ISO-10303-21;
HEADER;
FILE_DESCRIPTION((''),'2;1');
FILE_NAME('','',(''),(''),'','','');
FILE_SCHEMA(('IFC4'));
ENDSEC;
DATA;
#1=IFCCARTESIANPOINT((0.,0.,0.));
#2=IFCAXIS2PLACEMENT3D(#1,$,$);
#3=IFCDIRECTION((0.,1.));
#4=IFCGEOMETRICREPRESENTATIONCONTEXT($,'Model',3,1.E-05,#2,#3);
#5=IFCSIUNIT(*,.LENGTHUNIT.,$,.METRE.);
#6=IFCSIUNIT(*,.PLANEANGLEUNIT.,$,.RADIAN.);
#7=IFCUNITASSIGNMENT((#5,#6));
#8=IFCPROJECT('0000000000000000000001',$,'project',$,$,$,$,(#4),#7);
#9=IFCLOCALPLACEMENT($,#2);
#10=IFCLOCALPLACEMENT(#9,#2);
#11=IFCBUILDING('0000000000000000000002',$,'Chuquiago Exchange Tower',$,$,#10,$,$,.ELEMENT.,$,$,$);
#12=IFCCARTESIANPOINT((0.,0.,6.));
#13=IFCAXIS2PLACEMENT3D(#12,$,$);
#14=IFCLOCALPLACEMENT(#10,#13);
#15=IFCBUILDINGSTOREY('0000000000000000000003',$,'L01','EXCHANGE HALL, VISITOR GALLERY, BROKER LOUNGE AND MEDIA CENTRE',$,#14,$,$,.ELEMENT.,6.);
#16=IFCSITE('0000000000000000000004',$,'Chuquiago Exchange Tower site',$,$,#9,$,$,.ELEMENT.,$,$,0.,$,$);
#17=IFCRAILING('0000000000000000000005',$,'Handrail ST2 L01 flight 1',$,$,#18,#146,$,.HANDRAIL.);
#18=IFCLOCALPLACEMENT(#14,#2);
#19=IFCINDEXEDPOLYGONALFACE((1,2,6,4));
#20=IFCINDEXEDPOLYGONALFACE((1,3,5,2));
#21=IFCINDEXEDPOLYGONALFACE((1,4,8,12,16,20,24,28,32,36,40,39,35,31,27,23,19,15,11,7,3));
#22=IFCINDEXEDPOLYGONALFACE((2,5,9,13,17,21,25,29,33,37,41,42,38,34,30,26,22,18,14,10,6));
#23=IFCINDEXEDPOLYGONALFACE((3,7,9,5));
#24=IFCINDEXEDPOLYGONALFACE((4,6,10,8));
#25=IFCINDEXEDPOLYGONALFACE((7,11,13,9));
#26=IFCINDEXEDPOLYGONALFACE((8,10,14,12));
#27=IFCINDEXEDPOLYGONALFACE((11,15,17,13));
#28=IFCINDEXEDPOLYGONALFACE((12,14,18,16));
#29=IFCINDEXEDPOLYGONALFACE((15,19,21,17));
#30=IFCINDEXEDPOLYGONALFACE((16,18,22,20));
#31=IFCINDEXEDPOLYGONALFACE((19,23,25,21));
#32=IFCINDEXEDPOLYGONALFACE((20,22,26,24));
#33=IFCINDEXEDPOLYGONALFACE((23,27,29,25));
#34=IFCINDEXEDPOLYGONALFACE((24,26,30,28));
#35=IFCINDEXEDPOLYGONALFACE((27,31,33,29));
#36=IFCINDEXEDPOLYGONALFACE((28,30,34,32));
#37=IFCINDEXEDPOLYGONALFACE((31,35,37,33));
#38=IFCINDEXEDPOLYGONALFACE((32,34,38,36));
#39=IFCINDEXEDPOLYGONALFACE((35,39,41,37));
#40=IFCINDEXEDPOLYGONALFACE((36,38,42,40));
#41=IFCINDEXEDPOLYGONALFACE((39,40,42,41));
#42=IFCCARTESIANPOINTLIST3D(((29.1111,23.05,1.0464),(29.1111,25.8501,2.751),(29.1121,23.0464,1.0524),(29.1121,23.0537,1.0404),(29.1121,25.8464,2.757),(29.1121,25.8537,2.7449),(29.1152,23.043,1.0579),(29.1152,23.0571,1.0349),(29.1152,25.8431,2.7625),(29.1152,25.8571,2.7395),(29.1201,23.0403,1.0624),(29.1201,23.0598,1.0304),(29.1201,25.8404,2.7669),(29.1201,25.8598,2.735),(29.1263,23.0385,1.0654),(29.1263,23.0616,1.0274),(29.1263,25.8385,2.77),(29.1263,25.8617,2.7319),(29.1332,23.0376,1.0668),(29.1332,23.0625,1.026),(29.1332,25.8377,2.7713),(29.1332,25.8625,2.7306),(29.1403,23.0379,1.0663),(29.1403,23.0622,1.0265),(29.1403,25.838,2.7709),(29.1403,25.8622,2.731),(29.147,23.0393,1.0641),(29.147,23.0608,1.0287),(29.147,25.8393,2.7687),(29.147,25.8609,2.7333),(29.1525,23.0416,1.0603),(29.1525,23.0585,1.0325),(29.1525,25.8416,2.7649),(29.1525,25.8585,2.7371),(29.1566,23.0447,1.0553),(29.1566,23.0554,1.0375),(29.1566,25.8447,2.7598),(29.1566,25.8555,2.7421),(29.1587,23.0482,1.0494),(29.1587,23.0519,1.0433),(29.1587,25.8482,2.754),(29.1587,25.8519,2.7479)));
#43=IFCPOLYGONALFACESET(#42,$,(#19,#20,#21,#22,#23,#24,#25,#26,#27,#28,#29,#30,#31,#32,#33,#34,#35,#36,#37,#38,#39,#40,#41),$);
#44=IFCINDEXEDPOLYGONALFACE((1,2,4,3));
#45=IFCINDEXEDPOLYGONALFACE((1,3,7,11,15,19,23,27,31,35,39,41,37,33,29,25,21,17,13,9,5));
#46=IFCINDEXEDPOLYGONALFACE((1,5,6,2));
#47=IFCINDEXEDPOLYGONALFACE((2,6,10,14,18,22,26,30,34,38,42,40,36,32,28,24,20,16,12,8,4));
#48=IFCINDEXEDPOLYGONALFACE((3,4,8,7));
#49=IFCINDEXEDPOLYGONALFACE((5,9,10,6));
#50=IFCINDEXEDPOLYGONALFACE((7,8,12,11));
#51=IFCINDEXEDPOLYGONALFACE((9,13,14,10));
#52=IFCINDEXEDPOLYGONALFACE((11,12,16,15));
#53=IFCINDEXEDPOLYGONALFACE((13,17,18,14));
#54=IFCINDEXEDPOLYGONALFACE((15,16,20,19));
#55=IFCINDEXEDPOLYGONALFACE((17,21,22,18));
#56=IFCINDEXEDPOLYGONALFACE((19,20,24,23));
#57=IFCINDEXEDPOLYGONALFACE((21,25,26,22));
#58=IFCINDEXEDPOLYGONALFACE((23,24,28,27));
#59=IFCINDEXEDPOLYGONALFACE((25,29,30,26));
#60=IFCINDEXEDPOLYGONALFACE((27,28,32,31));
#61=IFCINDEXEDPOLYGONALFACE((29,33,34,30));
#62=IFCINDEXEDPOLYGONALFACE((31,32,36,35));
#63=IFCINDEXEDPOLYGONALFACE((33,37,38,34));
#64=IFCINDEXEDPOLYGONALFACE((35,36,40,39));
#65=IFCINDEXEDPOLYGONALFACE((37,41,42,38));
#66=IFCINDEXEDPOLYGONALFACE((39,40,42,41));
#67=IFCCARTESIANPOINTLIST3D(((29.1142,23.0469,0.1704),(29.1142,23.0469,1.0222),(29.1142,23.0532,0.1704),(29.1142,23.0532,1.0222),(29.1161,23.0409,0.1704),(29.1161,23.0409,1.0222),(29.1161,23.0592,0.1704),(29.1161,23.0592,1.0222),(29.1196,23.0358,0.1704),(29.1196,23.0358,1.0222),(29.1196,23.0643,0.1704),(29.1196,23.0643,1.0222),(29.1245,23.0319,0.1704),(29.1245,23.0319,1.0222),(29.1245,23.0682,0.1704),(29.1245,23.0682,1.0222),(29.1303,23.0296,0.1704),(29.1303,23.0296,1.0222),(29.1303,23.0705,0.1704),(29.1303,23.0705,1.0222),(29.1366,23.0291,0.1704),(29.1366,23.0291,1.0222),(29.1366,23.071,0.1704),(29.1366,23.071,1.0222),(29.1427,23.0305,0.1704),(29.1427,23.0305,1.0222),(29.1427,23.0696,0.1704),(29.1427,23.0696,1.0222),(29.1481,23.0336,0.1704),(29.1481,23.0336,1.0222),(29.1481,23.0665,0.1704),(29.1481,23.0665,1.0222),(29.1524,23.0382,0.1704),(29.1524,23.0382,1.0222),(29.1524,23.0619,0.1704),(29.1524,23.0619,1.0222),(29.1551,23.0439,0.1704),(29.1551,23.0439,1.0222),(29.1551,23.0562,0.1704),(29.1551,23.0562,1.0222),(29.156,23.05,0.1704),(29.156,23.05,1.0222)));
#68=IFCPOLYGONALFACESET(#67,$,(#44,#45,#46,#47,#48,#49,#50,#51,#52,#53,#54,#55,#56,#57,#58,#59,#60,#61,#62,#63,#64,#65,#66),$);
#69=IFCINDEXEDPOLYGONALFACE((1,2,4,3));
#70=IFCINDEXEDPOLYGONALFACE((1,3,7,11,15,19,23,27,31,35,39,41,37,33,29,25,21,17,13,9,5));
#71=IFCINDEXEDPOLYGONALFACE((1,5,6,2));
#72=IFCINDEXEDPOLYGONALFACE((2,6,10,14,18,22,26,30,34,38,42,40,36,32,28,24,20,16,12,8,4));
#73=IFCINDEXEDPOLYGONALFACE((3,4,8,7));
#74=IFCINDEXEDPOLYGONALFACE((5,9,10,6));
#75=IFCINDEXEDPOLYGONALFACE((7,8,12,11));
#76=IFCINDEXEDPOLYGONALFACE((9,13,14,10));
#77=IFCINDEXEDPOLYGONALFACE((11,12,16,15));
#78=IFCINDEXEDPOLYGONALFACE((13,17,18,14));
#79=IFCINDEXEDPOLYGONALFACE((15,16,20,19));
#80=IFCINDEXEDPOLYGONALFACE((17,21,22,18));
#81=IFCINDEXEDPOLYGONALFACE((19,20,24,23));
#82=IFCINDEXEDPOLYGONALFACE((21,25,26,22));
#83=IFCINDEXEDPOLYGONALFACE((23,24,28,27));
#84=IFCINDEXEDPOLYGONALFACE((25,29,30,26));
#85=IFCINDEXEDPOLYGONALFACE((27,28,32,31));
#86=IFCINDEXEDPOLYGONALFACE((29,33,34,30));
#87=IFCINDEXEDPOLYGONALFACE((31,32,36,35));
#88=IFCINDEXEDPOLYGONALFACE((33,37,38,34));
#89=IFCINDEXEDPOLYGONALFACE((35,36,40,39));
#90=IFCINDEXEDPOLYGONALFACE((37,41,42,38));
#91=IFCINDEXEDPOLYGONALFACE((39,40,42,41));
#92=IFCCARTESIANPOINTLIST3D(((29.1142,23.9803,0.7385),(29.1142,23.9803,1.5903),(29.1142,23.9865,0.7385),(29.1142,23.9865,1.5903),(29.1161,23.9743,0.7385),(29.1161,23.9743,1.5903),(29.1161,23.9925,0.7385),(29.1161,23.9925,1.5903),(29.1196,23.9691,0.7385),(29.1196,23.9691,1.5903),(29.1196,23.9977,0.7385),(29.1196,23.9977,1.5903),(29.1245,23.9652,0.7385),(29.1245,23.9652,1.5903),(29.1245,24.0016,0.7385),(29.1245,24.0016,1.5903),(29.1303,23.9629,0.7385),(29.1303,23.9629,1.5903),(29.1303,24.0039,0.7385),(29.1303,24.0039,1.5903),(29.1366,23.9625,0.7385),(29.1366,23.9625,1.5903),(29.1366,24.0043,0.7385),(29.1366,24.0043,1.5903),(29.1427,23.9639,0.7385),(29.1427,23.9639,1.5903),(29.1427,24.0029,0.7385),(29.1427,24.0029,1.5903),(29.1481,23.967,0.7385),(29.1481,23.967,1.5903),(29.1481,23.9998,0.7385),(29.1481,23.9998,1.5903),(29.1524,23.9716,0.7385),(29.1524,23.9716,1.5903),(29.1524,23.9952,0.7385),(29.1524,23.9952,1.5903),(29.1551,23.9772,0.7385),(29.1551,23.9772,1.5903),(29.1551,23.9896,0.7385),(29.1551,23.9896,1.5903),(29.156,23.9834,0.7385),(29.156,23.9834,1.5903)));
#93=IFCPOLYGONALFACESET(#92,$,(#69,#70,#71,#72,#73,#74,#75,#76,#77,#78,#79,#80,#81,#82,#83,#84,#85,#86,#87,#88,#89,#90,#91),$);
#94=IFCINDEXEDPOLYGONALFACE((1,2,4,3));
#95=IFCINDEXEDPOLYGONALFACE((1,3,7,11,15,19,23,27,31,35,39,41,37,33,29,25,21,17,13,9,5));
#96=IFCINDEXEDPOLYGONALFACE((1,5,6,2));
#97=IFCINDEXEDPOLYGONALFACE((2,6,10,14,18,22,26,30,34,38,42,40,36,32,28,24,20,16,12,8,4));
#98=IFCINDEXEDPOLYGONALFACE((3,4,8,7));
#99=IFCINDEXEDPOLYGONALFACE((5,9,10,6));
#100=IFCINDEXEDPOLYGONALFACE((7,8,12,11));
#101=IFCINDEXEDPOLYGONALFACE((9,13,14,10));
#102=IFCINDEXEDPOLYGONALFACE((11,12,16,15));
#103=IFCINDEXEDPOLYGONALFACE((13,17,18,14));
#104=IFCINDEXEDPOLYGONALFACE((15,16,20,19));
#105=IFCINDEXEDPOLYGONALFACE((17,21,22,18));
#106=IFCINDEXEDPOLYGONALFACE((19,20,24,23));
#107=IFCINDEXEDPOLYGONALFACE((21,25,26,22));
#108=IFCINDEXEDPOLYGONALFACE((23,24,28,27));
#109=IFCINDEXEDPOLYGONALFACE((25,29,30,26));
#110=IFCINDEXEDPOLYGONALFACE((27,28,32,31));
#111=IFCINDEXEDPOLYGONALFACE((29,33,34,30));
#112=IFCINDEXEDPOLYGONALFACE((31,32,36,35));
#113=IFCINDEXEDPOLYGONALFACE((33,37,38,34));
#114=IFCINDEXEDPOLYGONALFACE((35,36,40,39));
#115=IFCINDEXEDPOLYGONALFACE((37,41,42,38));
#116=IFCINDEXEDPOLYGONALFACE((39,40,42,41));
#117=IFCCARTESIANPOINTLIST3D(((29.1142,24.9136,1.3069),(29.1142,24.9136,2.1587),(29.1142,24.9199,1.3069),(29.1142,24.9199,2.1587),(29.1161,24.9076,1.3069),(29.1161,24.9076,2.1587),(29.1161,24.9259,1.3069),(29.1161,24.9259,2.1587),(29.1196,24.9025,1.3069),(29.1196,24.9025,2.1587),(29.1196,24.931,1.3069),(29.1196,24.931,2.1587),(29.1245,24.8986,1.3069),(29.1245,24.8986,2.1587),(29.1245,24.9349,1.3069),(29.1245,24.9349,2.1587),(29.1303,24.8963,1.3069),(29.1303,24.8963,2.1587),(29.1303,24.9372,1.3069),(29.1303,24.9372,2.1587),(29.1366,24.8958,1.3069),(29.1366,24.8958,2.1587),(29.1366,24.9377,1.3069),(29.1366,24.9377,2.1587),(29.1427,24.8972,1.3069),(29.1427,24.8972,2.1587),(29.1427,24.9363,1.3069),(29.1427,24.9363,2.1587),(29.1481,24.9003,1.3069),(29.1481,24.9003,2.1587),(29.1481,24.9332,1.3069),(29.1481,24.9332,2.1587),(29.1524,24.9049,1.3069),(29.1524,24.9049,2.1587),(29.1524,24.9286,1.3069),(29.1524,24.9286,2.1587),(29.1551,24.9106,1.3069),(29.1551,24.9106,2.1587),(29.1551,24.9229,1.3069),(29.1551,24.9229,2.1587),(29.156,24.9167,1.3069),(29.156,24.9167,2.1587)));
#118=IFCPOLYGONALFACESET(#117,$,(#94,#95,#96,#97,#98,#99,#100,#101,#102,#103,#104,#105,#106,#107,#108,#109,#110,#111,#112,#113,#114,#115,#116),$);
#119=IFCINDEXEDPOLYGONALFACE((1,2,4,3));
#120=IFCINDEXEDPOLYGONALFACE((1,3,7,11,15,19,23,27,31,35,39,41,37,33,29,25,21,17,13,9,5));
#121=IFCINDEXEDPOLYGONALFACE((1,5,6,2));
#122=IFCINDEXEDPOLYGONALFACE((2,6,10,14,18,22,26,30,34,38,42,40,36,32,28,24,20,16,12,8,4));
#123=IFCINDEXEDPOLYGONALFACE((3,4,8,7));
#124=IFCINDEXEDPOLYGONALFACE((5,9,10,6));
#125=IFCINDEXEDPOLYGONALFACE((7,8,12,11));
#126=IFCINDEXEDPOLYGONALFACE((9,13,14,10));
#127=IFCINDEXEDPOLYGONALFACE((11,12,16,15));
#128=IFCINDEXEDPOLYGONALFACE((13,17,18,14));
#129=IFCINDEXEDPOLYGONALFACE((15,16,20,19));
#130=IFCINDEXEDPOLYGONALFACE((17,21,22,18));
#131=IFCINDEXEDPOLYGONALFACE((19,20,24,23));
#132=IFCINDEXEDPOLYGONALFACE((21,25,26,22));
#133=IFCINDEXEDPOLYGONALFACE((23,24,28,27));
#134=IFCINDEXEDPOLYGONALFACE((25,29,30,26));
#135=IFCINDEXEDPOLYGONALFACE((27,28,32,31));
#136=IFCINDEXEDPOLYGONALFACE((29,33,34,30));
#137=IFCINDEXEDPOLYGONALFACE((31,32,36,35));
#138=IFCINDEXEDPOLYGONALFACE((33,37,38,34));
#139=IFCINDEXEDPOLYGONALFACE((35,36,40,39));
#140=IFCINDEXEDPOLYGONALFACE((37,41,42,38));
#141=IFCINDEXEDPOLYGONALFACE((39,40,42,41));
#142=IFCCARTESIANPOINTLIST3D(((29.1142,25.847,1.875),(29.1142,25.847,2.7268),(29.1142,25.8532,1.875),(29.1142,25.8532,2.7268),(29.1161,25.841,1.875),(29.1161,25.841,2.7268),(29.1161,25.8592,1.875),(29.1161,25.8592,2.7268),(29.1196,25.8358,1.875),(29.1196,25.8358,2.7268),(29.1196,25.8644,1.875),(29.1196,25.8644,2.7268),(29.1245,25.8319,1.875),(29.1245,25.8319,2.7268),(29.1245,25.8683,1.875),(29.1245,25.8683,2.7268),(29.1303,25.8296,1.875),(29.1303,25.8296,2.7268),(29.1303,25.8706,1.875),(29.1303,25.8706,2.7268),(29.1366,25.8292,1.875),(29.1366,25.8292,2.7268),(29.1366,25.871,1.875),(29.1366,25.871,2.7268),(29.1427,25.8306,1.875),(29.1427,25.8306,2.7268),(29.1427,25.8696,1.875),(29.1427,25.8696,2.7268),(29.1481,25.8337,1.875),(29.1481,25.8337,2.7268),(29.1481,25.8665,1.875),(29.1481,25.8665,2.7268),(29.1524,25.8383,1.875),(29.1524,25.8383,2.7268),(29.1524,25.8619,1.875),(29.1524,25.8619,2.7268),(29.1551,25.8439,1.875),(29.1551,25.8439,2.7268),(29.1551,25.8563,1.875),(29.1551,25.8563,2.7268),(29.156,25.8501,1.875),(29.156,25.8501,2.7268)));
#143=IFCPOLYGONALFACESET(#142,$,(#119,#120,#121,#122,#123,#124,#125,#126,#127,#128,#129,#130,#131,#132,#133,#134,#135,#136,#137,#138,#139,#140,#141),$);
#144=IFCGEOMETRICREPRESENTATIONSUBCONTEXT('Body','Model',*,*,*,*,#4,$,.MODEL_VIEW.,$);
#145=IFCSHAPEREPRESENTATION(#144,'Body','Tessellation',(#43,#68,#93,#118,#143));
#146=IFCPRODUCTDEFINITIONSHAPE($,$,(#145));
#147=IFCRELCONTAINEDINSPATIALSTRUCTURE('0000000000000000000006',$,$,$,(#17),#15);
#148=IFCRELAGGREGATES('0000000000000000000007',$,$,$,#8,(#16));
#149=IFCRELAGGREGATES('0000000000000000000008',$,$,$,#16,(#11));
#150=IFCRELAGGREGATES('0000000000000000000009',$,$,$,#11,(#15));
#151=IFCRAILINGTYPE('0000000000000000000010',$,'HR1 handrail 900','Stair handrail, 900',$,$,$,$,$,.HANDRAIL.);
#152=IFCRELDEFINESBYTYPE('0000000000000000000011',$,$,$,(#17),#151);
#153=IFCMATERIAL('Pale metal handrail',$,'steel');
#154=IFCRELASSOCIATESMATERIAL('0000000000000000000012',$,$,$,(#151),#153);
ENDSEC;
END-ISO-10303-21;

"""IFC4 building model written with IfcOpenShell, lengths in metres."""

from ifc_helpers import new_model, si_unit, direction, frame, origin, origin_2d, place, context, subcontext, project, spatial, circle, extrude, material, type_object, element, save


model = new_model("IFC4")

# Units and contexts
model_context = context("Model", 3, precision=1e-05, world=origin(), true_north=direction((0.0, 1.0)))
body_context = subcontext(model_context, "Body", "Model", "MODEL_VIEW")
ifc_project = project(units=[si_unit("LENGTHUNIT", "METRE"), si_unit("PLANEANGLEUNIT", "RADIAN")], contexts=[model_context])

# Site, building, storey
site_placement = place(None, origin())
site = spatial("IfcSite", under=ifc_project, at=site_placement, Name="Chuquiago Exchange Tower site", CompositionType="ELEMENT", RefElevation=0.0)
building_placement = place(site_placement, origin())
building = spatial("IfcBuilding", under=site, at=building_placement, Name="Chuquiago Exchange Tower", CompositionType="ELEMENT")
storey_placement = place(building_placement, frame((0.0, 0.0, 6.0)))
storey = spatial("IfcBuildingStorey", under=building, at=storey_placement, Name="L01", Description="EXCHANGE HALL, VISITOR GALLERY, BROKER LOUNGE AND MEDIA CENTRE", CompositionType="ELEMENT", Elevation=6.0)

# Railing
ifc_material_1 = material(Name="Pale metal handrail", Category="steel")
railing_type_1 = type_object("IfcRailingType", Name="HR1 handrail 900", Description="Stair handrail, 900", PredefinedType="HANDRAIL", material=ifc_material_1)
for number, where, name in (
    (1, (29.135, 23.05, 0.1704), "Handrail ST2 L01 flight 1"),
):
    element("IfcRailing", number, at=place(storey_placement, frame(where)), inside=storey, type_object=railing_type_1, Name=name, PredefinedType="HANDRAIL", context=body_context, shape_type="SweptSolid", body=[
        extrude(circle(Radius=0.0239, at=origin_2d()), frame((0.0, 0.0, 0.876), z_axis=(0.0, 0.85417, 0.519994), x_axis=(-1.0, 0.0, 0.0)), (0.0, 0.0, 1.0), 3.2781),
        extrude(circle(Radius=0.021, at=origin_2d()), origin(), (0.0, 0.0, 1.0), 0.8518),
        extrude(circle(Radius=0.021, at=origin_2d()), frame((0.0, 0.9333, 0.5681)), (0.0, 0.0, 1.0), 0.8518),
        extrude(circle(Radius=0.021, at=origin_2d()), frame((0.0, 1.8667, 1.1365)), (0.0, 0.0, 1.0), 0.8518),
        extrude(circle(Radius=0.021, at=origin_2d()), frame((0.0, 2.8, 1.7046)), (0.0, 0.0, 1.0), 0.8518),
    ])

save(model, "model.ifc")
